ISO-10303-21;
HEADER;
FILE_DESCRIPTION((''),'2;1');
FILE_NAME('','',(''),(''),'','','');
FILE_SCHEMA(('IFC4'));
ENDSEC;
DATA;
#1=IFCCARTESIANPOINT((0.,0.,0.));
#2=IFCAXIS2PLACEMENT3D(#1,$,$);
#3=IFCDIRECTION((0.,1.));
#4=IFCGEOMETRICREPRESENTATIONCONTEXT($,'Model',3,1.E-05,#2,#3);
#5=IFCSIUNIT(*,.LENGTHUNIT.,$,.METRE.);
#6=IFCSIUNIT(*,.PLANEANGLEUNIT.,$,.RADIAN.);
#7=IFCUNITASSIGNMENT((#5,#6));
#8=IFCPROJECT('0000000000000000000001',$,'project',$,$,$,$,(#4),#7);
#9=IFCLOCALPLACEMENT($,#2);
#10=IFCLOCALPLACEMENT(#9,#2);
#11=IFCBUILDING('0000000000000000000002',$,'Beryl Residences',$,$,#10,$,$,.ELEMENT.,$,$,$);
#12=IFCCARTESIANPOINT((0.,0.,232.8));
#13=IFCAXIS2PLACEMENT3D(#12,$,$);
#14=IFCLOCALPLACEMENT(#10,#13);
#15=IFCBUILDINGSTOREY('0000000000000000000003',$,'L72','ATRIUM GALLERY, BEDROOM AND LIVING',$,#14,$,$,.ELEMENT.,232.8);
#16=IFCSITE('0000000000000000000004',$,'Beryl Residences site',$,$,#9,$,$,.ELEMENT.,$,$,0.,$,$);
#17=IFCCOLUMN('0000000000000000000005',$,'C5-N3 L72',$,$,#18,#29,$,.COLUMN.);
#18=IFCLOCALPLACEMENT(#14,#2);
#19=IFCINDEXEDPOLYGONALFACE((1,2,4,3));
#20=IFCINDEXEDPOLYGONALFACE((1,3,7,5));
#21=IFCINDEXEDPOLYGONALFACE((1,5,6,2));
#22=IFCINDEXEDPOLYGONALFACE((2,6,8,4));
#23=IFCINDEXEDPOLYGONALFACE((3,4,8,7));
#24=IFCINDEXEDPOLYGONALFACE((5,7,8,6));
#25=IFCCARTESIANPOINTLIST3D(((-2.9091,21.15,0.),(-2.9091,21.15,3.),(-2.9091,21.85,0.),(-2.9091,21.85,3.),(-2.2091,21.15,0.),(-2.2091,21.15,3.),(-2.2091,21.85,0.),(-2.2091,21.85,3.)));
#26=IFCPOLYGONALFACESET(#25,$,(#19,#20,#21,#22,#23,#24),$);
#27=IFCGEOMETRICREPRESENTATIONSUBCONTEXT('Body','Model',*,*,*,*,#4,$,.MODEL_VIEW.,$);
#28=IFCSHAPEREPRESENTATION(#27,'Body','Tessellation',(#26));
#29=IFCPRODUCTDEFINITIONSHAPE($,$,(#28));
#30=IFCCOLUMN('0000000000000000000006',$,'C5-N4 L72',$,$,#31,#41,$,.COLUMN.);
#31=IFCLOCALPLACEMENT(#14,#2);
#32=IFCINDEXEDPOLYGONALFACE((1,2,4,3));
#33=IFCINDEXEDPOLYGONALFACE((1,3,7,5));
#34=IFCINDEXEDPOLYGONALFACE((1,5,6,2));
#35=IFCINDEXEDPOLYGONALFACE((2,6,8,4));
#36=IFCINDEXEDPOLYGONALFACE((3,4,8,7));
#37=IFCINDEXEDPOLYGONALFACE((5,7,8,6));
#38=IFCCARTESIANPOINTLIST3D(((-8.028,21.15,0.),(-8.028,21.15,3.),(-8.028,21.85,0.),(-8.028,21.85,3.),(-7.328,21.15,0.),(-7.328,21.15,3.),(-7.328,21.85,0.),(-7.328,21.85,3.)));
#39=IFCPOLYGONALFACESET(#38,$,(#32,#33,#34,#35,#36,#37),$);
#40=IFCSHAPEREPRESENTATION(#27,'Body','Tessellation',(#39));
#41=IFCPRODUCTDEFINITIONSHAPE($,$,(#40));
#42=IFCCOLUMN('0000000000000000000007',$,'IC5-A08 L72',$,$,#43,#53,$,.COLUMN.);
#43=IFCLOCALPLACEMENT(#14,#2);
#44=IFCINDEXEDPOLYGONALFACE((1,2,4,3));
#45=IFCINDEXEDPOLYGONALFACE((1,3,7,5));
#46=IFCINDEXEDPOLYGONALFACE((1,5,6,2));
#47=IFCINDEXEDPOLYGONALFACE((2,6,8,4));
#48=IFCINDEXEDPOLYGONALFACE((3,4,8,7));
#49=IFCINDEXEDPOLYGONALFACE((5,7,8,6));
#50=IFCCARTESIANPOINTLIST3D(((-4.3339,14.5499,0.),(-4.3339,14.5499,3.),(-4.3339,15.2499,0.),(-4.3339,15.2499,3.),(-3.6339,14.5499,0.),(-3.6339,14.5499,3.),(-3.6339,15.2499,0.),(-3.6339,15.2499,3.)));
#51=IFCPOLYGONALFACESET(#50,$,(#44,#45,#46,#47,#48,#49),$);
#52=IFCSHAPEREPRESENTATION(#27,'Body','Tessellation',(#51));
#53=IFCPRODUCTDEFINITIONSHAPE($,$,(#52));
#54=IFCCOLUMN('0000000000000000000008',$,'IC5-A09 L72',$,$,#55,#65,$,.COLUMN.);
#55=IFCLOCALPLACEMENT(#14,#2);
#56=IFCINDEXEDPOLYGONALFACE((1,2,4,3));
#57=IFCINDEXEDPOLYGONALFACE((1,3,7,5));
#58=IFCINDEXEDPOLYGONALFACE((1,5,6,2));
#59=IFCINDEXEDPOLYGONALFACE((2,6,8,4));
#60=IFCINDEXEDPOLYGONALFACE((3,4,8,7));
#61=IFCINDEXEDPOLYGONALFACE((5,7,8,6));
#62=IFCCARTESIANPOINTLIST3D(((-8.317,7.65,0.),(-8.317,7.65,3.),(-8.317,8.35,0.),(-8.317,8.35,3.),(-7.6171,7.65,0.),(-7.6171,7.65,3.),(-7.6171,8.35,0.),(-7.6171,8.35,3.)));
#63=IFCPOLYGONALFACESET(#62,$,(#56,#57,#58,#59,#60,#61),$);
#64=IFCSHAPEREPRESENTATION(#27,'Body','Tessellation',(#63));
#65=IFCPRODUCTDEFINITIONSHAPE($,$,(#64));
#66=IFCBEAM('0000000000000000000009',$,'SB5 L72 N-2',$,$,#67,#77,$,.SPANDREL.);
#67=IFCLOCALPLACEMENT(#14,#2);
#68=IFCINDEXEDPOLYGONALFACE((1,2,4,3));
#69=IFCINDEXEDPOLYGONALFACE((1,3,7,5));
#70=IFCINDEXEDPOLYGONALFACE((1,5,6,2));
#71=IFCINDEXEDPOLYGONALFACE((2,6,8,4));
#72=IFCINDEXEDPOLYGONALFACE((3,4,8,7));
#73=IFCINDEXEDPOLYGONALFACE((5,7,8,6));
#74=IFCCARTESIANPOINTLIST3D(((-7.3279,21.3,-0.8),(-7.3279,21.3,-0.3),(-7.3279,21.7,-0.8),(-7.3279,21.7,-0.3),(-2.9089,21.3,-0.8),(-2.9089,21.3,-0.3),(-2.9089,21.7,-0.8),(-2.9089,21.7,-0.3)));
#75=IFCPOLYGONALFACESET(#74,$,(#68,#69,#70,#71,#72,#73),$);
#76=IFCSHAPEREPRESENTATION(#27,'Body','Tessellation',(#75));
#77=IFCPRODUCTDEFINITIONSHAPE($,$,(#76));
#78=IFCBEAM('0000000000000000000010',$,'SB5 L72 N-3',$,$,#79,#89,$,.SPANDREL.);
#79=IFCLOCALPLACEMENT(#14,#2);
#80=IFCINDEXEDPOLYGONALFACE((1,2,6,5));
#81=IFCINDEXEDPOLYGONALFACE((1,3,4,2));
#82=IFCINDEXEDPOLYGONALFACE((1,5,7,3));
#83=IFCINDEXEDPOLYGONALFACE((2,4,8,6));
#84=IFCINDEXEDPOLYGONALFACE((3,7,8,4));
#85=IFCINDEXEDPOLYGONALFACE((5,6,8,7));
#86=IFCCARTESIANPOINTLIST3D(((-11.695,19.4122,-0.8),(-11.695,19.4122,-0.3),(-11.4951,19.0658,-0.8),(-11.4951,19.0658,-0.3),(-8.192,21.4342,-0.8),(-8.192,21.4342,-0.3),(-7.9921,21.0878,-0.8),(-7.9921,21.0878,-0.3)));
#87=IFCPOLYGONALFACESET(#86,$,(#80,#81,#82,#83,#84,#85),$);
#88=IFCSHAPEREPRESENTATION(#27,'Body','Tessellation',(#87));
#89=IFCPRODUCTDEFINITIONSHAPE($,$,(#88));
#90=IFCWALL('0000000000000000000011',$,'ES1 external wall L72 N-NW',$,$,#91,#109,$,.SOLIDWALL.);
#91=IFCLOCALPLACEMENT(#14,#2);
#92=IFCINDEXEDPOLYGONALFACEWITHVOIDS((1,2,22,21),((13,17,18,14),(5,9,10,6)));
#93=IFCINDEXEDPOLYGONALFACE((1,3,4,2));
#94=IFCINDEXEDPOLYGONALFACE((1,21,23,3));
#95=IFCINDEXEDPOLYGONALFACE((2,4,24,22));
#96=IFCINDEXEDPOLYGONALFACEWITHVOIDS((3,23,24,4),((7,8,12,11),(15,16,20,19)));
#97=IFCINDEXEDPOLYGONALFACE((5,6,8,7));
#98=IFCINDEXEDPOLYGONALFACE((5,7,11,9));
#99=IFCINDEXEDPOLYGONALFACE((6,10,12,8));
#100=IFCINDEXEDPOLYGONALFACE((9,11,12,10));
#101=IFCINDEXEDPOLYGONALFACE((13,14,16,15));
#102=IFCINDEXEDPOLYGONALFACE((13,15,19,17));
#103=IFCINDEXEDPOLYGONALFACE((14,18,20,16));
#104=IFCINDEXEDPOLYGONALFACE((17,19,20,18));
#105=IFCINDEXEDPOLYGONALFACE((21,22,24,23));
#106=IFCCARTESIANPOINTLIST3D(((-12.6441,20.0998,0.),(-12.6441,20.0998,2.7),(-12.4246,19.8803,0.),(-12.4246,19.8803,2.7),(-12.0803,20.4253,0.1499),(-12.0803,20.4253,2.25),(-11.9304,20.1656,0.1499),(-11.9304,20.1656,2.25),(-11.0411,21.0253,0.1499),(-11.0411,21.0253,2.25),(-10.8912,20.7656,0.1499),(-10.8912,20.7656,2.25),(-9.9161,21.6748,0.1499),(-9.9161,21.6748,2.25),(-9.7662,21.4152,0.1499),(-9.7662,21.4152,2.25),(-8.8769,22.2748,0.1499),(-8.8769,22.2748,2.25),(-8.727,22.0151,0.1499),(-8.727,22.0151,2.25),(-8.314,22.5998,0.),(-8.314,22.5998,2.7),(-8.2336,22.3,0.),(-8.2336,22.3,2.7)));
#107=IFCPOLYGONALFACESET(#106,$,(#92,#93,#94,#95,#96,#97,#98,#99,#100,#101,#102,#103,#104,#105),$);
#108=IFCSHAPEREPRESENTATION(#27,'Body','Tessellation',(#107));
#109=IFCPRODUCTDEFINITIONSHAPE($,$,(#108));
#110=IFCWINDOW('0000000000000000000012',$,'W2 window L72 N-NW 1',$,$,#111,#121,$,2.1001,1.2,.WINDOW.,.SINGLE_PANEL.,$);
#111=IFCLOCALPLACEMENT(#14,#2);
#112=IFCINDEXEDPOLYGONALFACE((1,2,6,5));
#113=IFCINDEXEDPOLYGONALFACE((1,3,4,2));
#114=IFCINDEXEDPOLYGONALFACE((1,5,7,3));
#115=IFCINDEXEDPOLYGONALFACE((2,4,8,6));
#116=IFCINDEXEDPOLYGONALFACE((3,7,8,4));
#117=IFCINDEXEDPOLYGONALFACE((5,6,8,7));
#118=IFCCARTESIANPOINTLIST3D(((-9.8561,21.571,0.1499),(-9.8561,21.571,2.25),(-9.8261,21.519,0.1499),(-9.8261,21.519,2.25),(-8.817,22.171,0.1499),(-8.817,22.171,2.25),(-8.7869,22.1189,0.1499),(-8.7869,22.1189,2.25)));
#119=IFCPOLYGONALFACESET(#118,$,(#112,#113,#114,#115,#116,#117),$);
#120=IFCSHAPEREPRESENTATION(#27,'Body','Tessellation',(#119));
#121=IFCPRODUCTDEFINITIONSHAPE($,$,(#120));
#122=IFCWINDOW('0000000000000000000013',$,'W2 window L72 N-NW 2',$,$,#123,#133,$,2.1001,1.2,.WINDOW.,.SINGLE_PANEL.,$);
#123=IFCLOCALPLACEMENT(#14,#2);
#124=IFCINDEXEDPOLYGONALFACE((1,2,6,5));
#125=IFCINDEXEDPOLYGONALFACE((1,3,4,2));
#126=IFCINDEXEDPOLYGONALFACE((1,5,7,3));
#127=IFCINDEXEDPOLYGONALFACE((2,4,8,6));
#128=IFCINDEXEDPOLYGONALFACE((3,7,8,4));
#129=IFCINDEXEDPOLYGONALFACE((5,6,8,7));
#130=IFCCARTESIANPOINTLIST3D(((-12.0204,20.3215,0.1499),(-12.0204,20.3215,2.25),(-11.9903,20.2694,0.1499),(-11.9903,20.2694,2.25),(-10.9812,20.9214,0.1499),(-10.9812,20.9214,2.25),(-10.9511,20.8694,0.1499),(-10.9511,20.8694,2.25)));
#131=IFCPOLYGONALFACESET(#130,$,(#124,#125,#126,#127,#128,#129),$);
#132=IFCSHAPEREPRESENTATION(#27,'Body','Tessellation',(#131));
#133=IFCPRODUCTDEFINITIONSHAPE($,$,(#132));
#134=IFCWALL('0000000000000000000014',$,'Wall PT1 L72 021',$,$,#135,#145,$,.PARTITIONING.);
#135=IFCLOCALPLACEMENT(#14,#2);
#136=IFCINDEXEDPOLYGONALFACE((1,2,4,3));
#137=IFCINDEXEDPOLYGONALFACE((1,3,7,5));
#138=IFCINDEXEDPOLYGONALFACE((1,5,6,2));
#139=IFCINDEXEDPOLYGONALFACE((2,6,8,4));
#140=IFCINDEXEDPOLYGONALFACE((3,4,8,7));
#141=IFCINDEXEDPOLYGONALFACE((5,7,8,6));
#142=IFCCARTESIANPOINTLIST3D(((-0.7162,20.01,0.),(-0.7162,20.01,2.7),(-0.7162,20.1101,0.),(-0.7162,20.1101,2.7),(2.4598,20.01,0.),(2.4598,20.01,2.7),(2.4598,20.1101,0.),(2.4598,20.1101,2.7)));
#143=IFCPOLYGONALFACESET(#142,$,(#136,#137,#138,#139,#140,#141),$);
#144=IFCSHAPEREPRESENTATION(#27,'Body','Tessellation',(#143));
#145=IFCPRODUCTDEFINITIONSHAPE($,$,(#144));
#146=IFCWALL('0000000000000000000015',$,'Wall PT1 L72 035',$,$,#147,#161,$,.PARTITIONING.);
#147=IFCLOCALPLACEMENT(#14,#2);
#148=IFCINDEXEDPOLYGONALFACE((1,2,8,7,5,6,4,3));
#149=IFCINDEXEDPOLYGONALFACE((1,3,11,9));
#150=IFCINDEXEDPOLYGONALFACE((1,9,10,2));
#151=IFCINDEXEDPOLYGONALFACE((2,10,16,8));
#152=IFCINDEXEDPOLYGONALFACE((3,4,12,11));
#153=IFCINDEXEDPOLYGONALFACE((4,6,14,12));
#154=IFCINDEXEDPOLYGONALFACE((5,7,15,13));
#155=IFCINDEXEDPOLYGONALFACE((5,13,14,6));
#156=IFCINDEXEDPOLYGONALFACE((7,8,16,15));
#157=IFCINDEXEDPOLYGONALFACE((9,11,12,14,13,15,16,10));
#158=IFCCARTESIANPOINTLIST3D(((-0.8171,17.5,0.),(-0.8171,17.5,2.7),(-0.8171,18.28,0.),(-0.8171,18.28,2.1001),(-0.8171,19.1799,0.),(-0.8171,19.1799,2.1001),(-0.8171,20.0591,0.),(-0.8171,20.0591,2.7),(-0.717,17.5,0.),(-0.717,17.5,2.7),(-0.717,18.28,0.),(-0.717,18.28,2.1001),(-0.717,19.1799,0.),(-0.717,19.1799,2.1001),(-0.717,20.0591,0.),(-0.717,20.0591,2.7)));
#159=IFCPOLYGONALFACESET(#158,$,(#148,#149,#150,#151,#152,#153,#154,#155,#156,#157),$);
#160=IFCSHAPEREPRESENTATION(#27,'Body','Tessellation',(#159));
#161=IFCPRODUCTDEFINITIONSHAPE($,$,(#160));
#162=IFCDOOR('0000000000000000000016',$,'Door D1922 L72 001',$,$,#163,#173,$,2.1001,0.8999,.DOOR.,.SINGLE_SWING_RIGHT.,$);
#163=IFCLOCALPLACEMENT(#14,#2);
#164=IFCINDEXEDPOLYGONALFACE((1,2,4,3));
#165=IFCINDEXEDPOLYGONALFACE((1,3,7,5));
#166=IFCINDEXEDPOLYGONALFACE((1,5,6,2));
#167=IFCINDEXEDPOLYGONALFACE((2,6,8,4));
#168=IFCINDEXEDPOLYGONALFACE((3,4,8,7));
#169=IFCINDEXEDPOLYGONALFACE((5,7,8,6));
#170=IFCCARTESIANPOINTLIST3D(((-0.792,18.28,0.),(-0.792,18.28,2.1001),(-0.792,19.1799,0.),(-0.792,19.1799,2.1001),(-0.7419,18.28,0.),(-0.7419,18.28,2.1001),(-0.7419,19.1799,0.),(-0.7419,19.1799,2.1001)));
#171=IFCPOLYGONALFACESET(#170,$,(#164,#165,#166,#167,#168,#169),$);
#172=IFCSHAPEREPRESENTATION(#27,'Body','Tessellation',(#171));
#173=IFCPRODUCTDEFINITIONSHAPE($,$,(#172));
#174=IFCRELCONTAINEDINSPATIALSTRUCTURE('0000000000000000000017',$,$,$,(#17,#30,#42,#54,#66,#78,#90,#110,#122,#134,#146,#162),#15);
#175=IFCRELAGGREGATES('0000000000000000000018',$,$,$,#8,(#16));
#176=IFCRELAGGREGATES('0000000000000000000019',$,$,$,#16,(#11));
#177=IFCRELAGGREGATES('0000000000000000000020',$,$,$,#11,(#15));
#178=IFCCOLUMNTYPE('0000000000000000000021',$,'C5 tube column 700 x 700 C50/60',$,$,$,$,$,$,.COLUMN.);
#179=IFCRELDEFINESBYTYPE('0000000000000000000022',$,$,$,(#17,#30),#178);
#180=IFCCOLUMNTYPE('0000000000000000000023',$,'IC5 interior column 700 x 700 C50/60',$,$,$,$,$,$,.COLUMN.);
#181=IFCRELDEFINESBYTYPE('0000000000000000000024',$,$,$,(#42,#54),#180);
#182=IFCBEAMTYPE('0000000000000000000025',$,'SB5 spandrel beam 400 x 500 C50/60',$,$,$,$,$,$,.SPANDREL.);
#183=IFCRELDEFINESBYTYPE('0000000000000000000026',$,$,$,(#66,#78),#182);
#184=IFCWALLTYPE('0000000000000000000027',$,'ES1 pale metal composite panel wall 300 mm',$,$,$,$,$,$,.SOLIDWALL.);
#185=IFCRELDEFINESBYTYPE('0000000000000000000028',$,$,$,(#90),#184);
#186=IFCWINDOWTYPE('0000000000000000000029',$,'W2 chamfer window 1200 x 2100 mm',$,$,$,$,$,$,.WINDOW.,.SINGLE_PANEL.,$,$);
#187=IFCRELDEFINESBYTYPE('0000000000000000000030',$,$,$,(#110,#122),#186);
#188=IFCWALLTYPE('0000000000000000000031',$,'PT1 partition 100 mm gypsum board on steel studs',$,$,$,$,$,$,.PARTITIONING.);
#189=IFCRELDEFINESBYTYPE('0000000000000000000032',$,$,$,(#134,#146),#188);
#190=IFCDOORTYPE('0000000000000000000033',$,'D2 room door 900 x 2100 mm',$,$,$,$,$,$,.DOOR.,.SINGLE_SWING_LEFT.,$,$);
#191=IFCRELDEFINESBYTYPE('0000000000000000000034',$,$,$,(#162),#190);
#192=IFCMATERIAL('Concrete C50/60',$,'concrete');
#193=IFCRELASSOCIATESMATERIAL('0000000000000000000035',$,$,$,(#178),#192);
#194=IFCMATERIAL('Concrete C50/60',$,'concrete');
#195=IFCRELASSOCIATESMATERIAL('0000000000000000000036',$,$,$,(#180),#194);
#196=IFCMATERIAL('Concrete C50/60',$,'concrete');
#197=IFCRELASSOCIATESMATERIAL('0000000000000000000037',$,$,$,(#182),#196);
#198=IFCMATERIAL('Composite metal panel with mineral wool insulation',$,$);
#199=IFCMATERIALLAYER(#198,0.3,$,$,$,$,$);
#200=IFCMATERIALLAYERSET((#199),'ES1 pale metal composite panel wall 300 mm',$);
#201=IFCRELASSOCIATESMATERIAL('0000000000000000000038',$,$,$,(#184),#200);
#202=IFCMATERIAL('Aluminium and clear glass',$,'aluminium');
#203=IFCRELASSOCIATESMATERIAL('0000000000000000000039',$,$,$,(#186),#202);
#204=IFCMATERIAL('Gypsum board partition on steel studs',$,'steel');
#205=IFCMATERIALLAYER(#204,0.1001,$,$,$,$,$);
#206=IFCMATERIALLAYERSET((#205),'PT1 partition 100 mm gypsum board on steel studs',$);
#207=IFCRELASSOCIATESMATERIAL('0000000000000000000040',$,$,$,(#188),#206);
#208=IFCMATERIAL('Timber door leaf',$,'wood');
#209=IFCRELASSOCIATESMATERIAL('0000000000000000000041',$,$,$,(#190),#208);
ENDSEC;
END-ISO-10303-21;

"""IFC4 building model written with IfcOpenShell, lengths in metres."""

from ifc_helpers import new_model, si_unit, direction, frame, frame_2d, origin, origin_2d, place, context, subcontext, project, spatial, polyline, rectangle, outline, extrude, material, layer, layer_set, material_profile, profile_set, type_object, element, fill, save


model = new_model("IFC4")

# Units and contexts
model_context = context("Model", 3, precision=1e-05, world=origin(), true_north=direction((0.0, 1.0)))
body_context = subcontext(model_context, "Body", "Model", "MODEL_VIEW")
ifc_project = project(units=[si_unit("LENGTHUNIT", "METRE"), si_unit("PLANEANGLEUNIT", "RADIAN")], contexts=[model_context])

# Site, building, storey
site_placement = place(None, origin())
site = spatial("IfcSite", under=ifc_project, at=site_placement, Name="Beryl Residences site", CompositionType="ELEMENT", RefElevation=0.0)
building_placement = place(site_placement, origin())
building = spatial("IfcBuilding", under=site, at=building_placement, Name="Beryl Residences", CompositionType="ELEMENT")
storey_placement = place(building_placement, frame((0.0, 0.0, 232.8)))
storey = spatial("IfcBuildingStorey", under=building, at=storey_placement, Name="L72", Description="ATRIUM GALLERY, BEDROOM AND LIVING", CompositionType="ELEMENT", Elevation=232.8)

# Columns
ifc_material_1 = material(Name="Concrete C50/60", Category="concrete")
ifc_material_profile_1 = material_profile(ifc_material_1, rectangle(XDim=0.7, YDim=0.7, at=origin_2d()))
ifc_profile_set_1 = profile_set([ifc_material_profile_1], Name="Concrete C50/60")
column_type_1 = type_object("IfcColumnType", Name="C5 tube column 700 x 700 C50/60", PredefinedType="COLUMN", material=ifc_profile_set_1)
for number, where, z_axis, x_axis, name in (
    (1, (-2.5591, 21.5, 0.0), (0.0, 0.0, 1.0), (-1.0, 0.0, 0.0), "C5-N3 L72"),
    (2, (-7.678, 21.5, 0.0), (0.0, 0.0, 1.0), (-1.0, 0.0, 0.0), "C5-N4 L72"),
):
    element("IfcColumn", number, at=place(storey_placement, frame(where, z_axis=z_axis, x_axis=x_axis)), inside=storey, type_object=column_type_1, Name=name, PredefinedType="COLUMN", context=body_context, shape_type="SweptSolid", body=[
        extrude(rectangle(XDim=0.7, YDim=0.7, at=origin_2d()), origin(), (0.0, 0.0, 1.0), 3.0),
    ])
ifc_material_2 = material(Name="Concrete C50/60", Category="concrete")
ifc_material_profile_2 = material_profile(ifc_material_2, rectangle(XDim=0.7, YDim=0.7, at=origin_2d()))
ifc_profile_set_2 = profile_set([ifc_material_profile_2], Name="Concrete C50/60")
column_type_2 = type_object("IfcColumnType", Name="IC5 interior column 700 x 700 C50/60", PredefinedType="COLUMN", material=ifc_profile_set_2)
for number, where, z_axis, x_axis, name in (
    (3, (-3.9839, 14.8999, 0.0), (0.0, 0.0, 1.0), (1.0, 0.0, 0.0), "IC5-A08 L72"),
    (4, (-7.967, 8.0, 0.0), (0.0, 0.0, 1.0), (1.0, 0.0, 0.0), "IC5-A09 L72"),
):
    element("IfcColumn", number, at=place(storey_placement, frame(where, z_axis=z_axis, x_axis=x_axis)), inside=storey, type_object=column_type_2, Name=name, PredefinedType="COLUMN", context=body_context, shape_type="SweptSolid", body=[
        extrude(rectangle(XDim=0.7, YDim=0.7, at=origin_2d()), origin(), (0.0, 0.0, 1.0), 3.0),
    ])

# Beams
ifc_material_3 = material(Name="Concrete C50/60", Category="concrete")
ifc_material_profile_3 = material_profile(ifc_material_3, rectangle(XDim=0.3999, YDim=0.5, at=origin_2d()))
ifc_profile_set_3 = profile_set([ifc_material_profile_3], Name="Concrete C50/60")
beam_type = type_object("IfcBeamType", Name="SB5 spandrel beam 400 x 500 C50/60", PredefinedType="SPANDREL", material=ifc_profile_set_3)
beam_1_placement = place(storey_placement, frame((-2.9089, 21.5, -0.55), z_axis=(-1.0, 0.0, 0.0), x_axis=(0.0, -1.0, 0.0)))
element("IfcBeam", 5, at=beam_1_placement, inside=storey, type_object=beam_type, Name="SB5 L72 N-2", PredefinedType="SPANDREL", context=body_context, shape_type="SweptSolid", body=[
    extrude(rectangle(XDim=0.3999, YDim=0.5, at=origin_2d()), origin(), (0.0, 0.0, 1.0), 4.4189),
])
beam_2_placement = place(storey_placement, frame((-8.092, 21.261, -0.55), z_axis=(-0.866073, -0.499918, 0.0), x_axis=(0.499918, -0.866073, 0.0)))
element("IfcBeam", 6, at=beam_2_placement, inside=storey, type_object=beam_type, Name="SB5 L72 N-3", PredefinedType="SPANDREL", context=body_context, shape_type="SweptSolid", body=[
    extrude(rectangle(XDim=0.3999, YDim=0.5, at=origin_2d()), origin(), (0.0, 0.0, 1.0), 4.0447),
])

# Wall, openings, windows
ifc_material_4 = material(Name="Composite metal panel with mineral wool insulation")
ifc_layer_1 = layer(ifc_material_4, 0.3)
ifc_layer_set_1 = layer_set([ifc_layer_1], Name="ES1 pale metal composite panel wall 300 mm")
wall_type_1 = type_object("IfcWallType", Name="ES1 pale metal composite panel wall 300 mm", PredefinedType="SOLIDWALL", material=ifc_layer_set_1)
wall_1_placement = place(storey_placement, frame((-8.239, 22.47, 0.0), z_axis=(0.0, 0.0, 1.0), x_axis=(-0.866023, -0.500004, 0.0)))
wall_1 = element("IfcWall", 7, at=wall_1_placement, inside=storey, type_object=wall_type_1, Name="ES1 external wall L72 N-NW", PredefinedType="SOLIDWALL", context=body_context, shape_type="SweptSolid", body=[
    extrude(outline(polyline([(0.0, -0.1499), (5.0, -0.1499), (4.9197, 0.1499), (0.0803, 0.1499), (0.0, -0.1499)])), origin(), (0.0, 0.0, 1.0), 2.7),
])
opening_1_placement = place(wall_1_placement, frame((0.6499, 0.0, 0.1499)))
opening_1 = element("IfcOpeningElement", 8, at=opening_1_placement, cuts=wall_1, PredefinedType="OPENING", context=body_context, shape_type="SweptSolid", body=[
    extrude(rectangle(XDim=1.2, YDim=2.1001, at=frame_2d((0.6001, 1.05))), frame((0.0, 0.1599, 0.0), z_axis=(0.0, -1.0, 0.0), x_axis=(1.0, 0.0, 0.0)), (0.0, 0.0, 1.0), 0.3201),
])
opening_2_placement = place(wall_1_placement, frame((3.1489, 0.0, 0.1499)))
opening_2 = element("IfcOpeningElement", 9, at=opening_2_placement, cuts=wall_1, PredefinedType="OPENING", context=body_context, shape_type="SweptSolid", body=[
    extrude(rectangle(XDim=1.2, YDim=2.1001, at=frame_2d((0.6001, 1.05))), frame((0.0, 0.1599, 0.0), z_axis=(0.0, -1.0, 0.0), x_axis=(1.0, 0.0, 0.0)), (0.0, 0.0, 1.0), 0.3201),
])
ifc_material_5 = material(Name="Aluminium and clear glass", Category="aluminium")
window_type = type_object("IfcWindowType", Name="W2 chamfer window 1200 x 2100 mm", PartitioningType="SINGLE_PANEL", PredefinedType="WINDOW", material=ifc_material_5)
window_1_placement = place(opening_1_placement, origin())
window_1 = element("IfcWindow", 10, at=window_1_placement, inside=storey, type_object=window_type, Name="W2 window L72 N-NW 1", OverallHeight=2.1001, OverallWidth=1.2, PartitioningType="SINGLE_PANEL", PredefinedType="WINDOW", context=body_context, shape_type="SweptSolid", body=[
    extrude(rectangle(XDim=1.2, YDim=2.1001, at=frame_2d((0.6001, 1.05))), frame((0.0, 0.03, 0.0), z_axis=(0.0, -1.0, 0.0), x_axis=(1.0, 0.0, 0.0)), (0.0, 0.0, 1.0), 0.0601),
])
fill(opening_1, window_1)
window_2_placement = place(opening_2_placement, origin())
window_2 = element("IfcWindow", 11, at=window_2_placement, inside=storey, type_object=window_type, Name="W2 window L72 N-NW 2", OverallHeight=2.1001, OverallWidth=1.2, PartitioningType="SINGLE_PANEL", PredefinedType="WINDOW", context=body_context, shape_type="SweptSolid", body=[
    extrude(rectangle(XDim=1.2, YDim=2.1001, at=frame_2d((0.6001, 1.05))), frame((0.0, 0.03, 0.0), z_axis=(0.0, -1.0, 0.0), x_axis=(1.0, 0.0, 0.0)), (0.0, 0.0, 1.0), 0.0601),
])
fill(opening_2, window_2)

# Wall
ifc_material_6 = material(Name="Gypsum board partition on steel studs", Category="steel")
ifc_layer_2 = layer(ifc_material_6, 0.1001)
ifc_layer_set_2 = layer_set([ifc_layer_2], Name="PT1 partition 100 mm gypsum board on steel studs")
wall_type_2 = type_object("IfcWallType", Name="PT1 partition 100 mm gypsum board on steel studs", PredefinedType="PARTITIONING", material=ifc_layer_set_2)
wall_2_placement = place(storey_placement, frame((-0.7161, 20.0601, 0.0), z_axis=(0.0, 0.0, 1.0), x_axis=(1.0, 0.0, 0.0)))
element("IfcWall", 12, at=wall_2_placement, inside=storey, type_object=wall_type_2, Name="Wall PT1 L72 021", PredefinedType="PARTITIONING", context=body_context, shape_type="SweptSolid", body=[
    extrude(rectangle(XDim=3.176, YDim=0.1001, at=frame_2d((1.5879, 0.0))), origin(), (0.0, 0.0, 1.0), 2.7),
])

# Wall, opening, door
wall_3_placement = place(storey_placement, frame((-0.7671, 17.5, 0.0), z_axis=(0.0, 0.0, 1.0), x_axis=(0.0, 1.0, 0.0)))
wall_3 = element("IfcWall", 13, at=wall_3_placement, inside=storey, type_object=wall_type_2, Name="Wall PT1 L72 035", PredefinedType="PARTITIONING", context=body_context, shape_type="SweptSolid", body=[
    extrude(rectangle(XDim=2.5591, YDim=0.1001, at=frame_2d((1.2795, 0.0))), origin(), (0.0, 0.0, 1.0), 2.7),
])
opening_3_placement = place(wall_3_placement, frame((0.78, 0.0, 0.0)))
opening_3 = element("IfcOpeningElement", 14, at=opening_3_placement, cuts=wall_3, PredefinedType="OPENING", context=body_context, shape_type="SweptSolid", body=[
    extrude(rectangle(XDim=0.8999, YDim=2.1001, at=frame_2d((0.45, 1.05))), frame((0.0, 0.0601, 0.0), z_axis=(0.0, -1.0, 0.0), x_axis=(1.0, 0.0, 0.0)), (0.0, 0.0, 1.0), 0.1201),
])
ifc_material_7 = material(Name="Timber door leaf", Category="wood")
door_type_1 = type_object("IfcDoorType", Name="D2 room door 900 x 2100 mm", OperationType="SINGLE_SWING_LEFT", PredefinedType="DOOR", material=ifc_material_7)
door_1_placement = place(opening_3_placement, origin())
door_1 = element("IfcDoor", 15, at=door_1_placement, inside=storey, type_object=door_type_1, Name="Door D1922 L72 001", OperationType="SINGLE_SWING_RIGHT", OverallHeight=2.1001, OverallWidth=0.8999, PredefinedType="DOOR", context=body_context, shape_type="SweptSolid", body=[
    extrude(rectangle(XDim=0.8999, YDim=2.1001, at=frame_2d((0.45, 1.05))), frame((0.0, 0.0249, 0.0), z_axis=(0.0, -1.0, 0.0), x_axis=(1.0, 0.0, 0.0)), (0.0, 0.0, 1.0), 0.05),
])
fill(opening_3, door_1)

save(model, "model.ifc")
